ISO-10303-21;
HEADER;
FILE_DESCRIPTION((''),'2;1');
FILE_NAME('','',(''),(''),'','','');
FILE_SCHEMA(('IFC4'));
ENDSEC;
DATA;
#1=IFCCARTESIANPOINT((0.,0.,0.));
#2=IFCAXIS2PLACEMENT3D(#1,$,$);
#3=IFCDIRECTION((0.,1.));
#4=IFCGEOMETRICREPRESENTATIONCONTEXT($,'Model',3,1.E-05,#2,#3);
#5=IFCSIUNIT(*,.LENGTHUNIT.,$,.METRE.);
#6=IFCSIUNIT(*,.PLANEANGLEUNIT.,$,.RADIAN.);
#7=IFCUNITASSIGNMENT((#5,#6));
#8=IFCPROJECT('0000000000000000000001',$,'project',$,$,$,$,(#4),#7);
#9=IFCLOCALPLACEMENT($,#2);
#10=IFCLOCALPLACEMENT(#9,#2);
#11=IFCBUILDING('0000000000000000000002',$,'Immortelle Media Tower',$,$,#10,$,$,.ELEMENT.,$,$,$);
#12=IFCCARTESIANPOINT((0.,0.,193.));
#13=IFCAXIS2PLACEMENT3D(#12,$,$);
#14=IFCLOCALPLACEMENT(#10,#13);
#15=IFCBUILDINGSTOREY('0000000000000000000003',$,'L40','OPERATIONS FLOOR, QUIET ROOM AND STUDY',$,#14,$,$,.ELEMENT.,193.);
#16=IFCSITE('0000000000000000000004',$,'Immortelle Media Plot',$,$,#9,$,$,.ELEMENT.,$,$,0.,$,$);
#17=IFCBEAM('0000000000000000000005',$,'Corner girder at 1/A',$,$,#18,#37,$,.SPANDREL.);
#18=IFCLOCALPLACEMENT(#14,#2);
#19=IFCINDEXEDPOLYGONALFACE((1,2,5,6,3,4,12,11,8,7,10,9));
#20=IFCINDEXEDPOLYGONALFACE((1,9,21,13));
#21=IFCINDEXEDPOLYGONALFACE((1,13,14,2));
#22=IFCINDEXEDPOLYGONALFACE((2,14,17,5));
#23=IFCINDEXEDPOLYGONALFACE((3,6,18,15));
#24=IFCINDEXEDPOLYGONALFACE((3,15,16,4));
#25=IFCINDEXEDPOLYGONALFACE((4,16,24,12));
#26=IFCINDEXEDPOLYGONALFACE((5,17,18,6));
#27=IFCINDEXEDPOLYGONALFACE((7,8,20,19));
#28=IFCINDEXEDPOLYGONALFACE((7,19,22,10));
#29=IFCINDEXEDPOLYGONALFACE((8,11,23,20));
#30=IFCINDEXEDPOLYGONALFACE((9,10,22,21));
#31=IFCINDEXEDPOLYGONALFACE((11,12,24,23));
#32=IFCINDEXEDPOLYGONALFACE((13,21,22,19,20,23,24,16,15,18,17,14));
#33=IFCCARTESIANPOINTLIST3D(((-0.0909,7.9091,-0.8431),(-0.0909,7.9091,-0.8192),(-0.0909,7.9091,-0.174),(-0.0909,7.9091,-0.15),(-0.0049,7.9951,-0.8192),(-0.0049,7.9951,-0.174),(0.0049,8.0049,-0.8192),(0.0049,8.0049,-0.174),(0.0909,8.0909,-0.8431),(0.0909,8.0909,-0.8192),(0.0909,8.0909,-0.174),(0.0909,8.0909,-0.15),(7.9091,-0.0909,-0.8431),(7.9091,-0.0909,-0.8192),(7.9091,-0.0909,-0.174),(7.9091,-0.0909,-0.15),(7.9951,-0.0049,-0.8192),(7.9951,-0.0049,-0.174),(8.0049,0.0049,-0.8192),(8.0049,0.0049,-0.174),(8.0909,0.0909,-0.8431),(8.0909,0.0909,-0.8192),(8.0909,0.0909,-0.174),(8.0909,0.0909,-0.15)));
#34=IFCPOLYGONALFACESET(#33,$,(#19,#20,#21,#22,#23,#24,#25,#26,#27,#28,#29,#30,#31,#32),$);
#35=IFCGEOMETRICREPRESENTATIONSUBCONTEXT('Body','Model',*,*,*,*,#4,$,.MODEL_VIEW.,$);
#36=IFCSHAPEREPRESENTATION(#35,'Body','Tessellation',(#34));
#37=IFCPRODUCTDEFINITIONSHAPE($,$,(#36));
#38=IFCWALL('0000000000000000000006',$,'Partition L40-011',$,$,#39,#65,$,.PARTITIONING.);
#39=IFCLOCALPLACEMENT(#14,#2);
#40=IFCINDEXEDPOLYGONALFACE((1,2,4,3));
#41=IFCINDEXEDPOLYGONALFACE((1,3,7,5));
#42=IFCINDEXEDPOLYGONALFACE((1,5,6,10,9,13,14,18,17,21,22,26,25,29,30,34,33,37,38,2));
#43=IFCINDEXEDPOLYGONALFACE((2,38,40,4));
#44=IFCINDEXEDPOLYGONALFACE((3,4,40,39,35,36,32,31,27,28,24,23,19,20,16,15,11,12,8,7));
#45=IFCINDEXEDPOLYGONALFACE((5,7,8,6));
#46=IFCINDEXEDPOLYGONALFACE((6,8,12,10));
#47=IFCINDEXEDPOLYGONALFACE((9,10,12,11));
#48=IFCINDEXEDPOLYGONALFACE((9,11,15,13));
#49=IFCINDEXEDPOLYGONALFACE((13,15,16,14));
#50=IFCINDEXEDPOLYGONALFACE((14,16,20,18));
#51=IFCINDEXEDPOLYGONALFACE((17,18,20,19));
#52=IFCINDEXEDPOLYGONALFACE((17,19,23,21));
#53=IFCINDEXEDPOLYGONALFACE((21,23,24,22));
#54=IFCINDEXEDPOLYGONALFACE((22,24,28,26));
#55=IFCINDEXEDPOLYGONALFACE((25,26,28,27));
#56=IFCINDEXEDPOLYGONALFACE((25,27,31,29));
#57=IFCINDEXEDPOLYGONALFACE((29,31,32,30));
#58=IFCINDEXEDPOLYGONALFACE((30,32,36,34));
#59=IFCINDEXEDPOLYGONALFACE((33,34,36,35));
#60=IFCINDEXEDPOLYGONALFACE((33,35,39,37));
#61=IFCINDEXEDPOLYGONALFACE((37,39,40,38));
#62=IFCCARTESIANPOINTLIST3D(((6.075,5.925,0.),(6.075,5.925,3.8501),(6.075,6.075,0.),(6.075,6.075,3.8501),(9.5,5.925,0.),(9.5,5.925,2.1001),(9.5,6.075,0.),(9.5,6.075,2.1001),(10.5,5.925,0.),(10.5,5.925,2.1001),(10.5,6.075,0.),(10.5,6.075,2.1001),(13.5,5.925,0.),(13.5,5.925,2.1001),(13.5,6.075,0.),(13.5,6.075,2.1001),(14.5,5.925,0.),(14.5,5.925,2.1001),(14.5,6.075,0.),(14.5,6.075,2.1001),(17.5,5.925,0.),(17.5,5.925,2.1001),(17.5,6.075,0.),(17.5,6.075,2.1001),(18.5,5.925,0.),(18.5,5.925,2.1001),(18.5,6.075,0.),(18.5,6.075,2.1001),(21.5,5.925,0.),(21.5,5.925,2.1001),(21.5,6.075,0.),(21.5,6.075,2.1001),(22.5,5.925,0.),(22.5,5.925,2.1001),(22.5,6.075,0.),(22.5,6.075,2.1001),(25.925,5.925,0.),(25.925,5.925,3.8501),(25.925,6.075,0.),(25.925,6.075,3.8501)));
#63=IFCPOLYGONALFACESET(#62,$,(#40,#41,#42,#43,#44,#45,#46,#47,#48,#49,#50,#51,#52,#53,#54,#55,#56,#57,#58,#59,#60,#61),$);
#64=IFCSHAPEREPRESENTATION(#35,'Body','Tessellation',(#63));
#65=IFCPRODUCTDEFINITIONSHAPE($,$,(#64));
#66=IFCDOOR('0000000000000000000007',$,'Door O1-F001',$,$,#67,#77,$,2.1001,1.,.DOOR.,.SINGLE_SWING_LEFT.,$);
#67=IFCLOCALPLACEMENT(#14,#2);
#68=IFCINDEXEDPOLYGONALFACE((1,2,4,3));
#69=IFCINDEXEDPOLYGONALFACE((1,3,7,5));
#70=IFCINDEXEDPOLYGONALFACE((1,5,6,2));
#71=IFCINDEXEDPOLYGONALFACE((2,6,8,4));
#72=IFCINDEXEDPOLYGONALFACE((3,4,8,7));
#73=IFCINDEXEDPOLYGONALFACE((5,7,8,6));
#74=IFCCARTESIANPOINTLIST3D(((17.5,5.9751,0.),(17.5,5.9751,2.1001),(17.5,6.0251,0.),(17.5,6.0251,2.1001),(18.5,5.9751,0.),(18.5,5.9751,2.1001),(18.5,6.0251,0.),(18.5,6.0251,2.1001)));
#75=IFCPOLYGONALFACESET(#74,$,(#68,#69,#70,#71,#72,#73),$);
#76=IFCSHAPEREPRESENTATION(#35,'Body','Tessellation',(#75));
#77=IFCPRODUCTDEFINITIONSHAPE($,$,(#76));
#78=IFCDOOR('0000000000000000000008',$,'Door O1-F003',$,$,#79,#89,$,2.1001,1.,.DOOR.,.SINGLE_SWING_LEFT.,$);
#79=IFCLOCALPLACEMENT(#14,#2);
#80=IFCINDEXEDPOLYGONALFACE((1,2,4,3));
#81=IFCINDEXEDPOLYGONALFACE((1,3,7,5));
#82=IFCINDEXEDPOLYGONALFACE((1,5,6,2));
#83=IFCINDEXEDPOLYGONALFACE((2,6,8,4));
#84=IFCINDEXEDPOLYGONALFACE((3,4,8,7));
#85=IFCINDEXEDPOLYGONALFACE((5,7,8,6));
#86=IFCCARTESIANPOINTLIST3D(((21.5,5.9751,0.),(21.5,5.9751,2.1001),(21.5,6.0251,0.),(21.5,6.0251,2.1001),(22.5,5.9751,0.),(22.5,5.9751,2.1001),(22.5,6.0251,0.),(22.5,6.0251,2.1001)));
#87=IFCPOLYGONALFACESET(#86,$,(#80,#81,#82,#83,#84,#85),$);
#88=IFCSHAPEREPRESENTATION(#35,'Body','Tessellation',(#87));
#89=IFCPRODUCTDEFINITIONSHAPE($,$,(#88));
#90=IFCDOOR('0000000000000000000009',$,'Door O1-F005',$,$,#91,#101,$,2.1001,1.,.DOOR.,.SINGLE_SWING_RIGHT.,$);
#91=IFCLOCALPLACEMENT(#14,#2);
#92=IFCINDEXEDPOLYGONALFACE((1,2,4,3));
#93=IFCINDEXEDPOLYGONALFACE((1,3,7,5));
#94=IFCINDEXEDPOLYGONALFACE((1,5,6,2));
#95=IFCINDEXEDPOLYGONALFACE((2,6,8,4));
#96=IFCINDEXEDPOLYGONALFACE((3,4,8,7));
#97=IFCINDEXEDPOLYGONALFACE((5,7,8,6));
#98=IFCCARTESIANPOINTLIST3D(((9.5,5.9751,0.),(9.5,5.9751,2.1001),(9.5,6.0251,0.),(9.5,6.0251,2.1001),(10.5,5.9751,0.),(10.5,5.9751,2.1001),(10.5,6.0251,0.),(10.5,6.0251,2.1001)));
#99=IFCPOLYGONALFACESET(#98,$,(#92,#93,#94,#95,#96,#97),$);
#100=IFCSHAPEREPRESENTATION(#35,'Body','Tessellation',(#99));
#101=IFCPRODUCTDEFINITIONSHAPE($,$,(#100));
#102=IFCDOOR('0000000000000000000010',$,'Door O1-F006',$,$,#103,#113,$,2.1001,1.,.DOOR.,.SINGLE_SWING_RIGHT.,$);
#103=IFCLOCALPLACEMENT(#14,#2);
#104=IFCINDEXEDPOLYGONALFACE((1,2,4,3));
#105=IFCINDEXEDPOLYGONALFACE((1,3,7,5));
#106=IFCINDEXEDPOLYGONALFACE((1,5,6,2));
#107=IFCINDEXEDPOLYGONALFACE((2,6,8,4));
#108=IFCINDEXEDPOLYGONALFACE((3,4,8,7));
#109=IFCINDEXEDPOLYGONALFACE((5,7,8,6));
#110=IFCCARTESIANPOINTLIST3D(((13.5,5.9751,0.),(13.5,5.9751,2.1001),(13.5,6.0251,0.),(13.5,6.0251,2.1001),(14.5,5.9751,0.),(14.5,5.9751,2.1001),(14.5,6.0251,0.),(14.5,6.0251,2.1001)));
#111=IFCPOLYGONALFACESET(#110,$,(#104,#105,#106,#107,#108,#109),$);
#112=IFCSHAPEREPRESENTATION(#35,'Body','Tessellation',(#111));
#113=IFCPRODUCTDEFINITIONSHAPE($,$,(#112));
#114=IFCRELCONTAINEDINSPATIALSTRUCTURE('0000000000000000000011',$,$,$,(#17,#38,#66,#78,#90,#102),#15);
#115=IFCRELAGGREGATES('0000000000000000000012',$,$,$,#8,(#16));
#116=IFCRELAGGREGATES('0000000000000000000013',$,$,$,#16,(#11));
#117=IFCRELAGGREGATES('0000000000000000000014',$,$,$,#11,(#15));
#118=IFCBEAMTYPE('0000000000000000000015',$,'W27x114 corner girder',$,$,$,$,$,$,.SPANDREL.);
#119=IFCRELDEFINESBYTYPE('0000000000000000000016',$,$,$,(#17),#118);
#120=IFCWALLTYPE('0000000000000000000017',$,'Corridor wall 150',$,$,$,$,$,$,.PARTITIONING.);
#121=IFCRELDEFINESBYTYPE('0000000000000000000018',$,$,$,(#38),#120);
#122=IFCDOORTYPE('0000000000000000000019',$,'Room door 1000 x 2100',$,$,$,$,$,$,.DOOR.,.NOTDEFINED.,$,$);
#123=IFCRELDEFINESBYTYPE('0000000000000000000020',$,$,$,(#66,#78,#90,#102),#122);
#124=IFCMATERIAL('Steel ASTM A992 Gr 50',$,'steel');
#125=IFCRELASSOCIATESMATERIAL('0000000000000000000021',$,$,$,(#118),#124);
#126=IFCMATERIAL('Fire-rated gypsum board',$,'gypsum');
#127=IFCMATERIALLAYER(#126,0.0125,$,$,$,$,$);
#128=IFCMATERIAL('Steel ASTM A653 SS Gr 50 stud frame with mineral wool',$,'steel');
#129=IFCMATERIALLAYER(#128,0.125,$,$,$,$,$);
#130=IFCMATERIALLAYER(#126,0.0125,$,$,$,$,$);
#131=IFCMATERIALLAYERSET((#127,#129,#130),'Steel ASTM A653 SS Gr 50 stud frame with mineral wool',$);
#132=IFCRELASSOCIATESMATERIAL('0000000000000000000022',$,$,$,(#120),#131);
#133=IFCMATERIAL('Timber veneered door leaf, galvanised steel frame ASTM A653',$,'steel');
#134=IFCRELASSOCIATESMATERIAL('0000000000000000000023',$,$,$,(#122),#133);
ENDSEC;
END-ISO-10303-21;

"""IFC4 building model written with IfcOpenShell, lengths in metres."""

from ifc_helpers import new_model, si_unit, direction, frame, frame_2d, origin, origin_2d, place, context, subcontext, project, spatial, rectangle, i_section, extrude, material, layer, layer_set, material_profile, profile_set, type_object, element, fill, save


model = new_model("IFC4")

# Units and contexts
model_context = context("Model", 3, precision=1e-05, world=origin(), true_north=direction((0.0, 1.0)))
body_context = subcontext(model_context, "Body", "Model", "MODEL_VIEW")
ifc_project = project(units=[si_unit("LENGTHUNIT", "METRE"), si_unit("PLANEANGLEUNIT", "RADIAN")], contexts=[model_context])

# Site, building, storey
site_placement = place(None, origin())
site = spatial("IfcSite", under=ifc_project, at=site_placement, Name="Immortelle Media Plot", CompositionType="ELEMENT", RefElevation=0.0)
building_placement = place(site_placement, origin())
building = spatial("IfcBuilding", under=site, at=building_placement, Name="Immortelle Media Tower", CompositionType="ELEMENT")
storey_placement = place(building_placement, frame((0.0, 0.0, 193.0)))
storey = spatial("IfcBuildingStorey", under=building, at=storey_placement, Name="L40", Description="OPERATIONS FLOOR, QUIET ROOM AND STUDY", CompositionType="ELEMENT", Elevation=193.0)

# Shared definitions
ifc_material_1 = material(Name="Steel ASTM A992 Gr 50", Category="steel")

# Beam
ifc_material_profile_1 = material_profile(ifc_material_1, i_section(OverallWidth=0.2571, OverallDepth=0.6931, WebThickness=0.0139, FlangeThickness=0.0239, at=origin_2d()), Name="W27x114")
ifc_profile_set_1 = profile_set([ifc_material_profile_1], Name="Steel ASTM A992 Gr 50")
beam_type_1 = type_object("IfcBeamType", Name="W27x114 corner girder", PredefinedType="SPANDREL", material=ifc_profile_set_1)
beam_1_placement = place(storey_placement, frame((8.0, 0.0, -0.4966), z_axis=(-0.707107, 0.707107, 0.0), x_axis=(-0.707107, -0.707107, 0.0)))
element("IfcBeam", 1, at=beam_1_placement, inside=storey, type_object=beam_type_1, Name="Corner girder at 1/A", PredefinedType="SPANDREL", context=body_context, shape_type="SweptSolid", body=[
    extrude(i_section(OverallWidth=0.2571, OverallDepth=0.6931, WebThickness=0.0139, FlangeThickness=0.0239, at=origin_2d()), origin(), (0.0, 0.0, 1.0), 11.3137),
])

# Wall, openings, doors
ifc_material_2 = material(Name="Fire-rated gypsum board", Category="gypsum")
ifc_layer_1 = layer(ifc_material_2, 0.0125)
ifc_material_3 = material(Name="Steel ASTM A653 SS Gr 50 stud frame with mineral wool", Category="steel")
ifc_layer_2 = layer(ifc_material_3, 0.125)
ifc_layer_3 = layer(ifc_material_2, 0.0125)
ifc_layer_set_1 = layer_set([ifc_layer_1, ifc_layer_2, ifc_layer_3], Name="Steel ASTM A653 SS Gr 50 stud frame with mineral wool")
wall_type_1 = type_object("IfcWallType", Name="Corridor wall 150", PredefinedType="PARTITIONING", material=ifc_layer_set_1)
wall_1_placement = place(storey_placement, frame((6.075, 6.0, 0.0), z_axis=(0.0, 0.0, 1.0), x_axis=(1.0, 0.0, 0.0)))
wall_1 = element("IfcWall", 2, at=wall_1_placement, inside=storey, type_object=wall_type_1, Name="Partition L40-011", PredefinedType="PARTITIONING", context=body_context, shape_type="SweptSolid", body=[
    extrude(rectangle(XDim=19.8501, YDim=0.1499, at=frame_2d((9.925, 0.0))), origin(), (0.0, 0.0, 1.0), 3.8501),
])
opening_1_placement = place(wall_1_placement, frame((12.425, 0.0, 0.0), z_axis=(0.0, 0.0, 1.0), x_axis=(-1.0, 0.0, 0.0)))
opening_1 = element("IfcOpeningElement", 3, at=opening_1_placement, cuts=wall_1, PredefinedType="OPENING", context=body_context, shape_type="SweptSolid", body=[
    extrude(rectangle(XDim=1.0, YDim=2.1001, at=frame_2d((0.5, 1.05))), frame((0.0, 0.085, 0.0), z_axis=(0.0, -1.0, 0.0), x_axis=(1.0, 0.0, 0.0)), (0.0, 0.0, 1.0), 0.1699),
])
opening_2_placement = place(wall_1_placement, frame((16.425, 0.0, 0.0), z_axis=(0.0, 0.0, 1.0), x_axis=(-1.0, 0.0, 0.0)))
opening_2 = element("IfcOpeningElement", 4, at=opening_2_placement, cuts=wall_1, PredefinedType="OPENING", context=body_context, shape_type="SweptSolid", body=[
    extrude(rectangle(XDim=1.0, YDim=2.1001, at=frame_2d((0.5, 1.05))), frame((0.0, 0.085, 0.0), z_axis=(0.0, -1.0, 0.0), x_axis=(1.0, 0.0, 0.0)), (0.0, 0.0, 1.0), 0.1699),
])
opening_3_placement = place(wall_1_placement, frame((4.425, 0.0, 0.0), z_axis=(0.0, 0.0, 1.0), x_axis=(-1.0, 0.0, 0.0)))
opening_3 = element("IfcOpeningElement", 5, at=opening_3_placement, cuts=wall_1, PredefinedType="OPENING", context=body_context, shape_type="SweptSolid", body=[
    extrude(rectangle(XDim=1.0, YDim=2.1001, at=frame_2d((0.5, 1.05))), frame((0.0, 0.085, 0.0), z_axis=(0.0, -1.0, 0.0), x_axis=(1.0, 0.0, 0.0)), (0.0, 0.0, 1.0), 0.1699),
])
opening_4_placement = place(wall_1_placement, frame((8.425, 0.0, 0.0), z_axis=(0.0, 0.0, 1.0), x_axis=(-1.0, 0.0, 0.0)))
opening_4 = element("IfcOpeningElement", 6, at=opening_4_placement, cuts=wall_1, PredefinedType="OPENING", context=body_context, shape_type="SweptSolid", body=[
    extrude(rectangle(XDim=1.0, YDim=2.1001, at=frame_2d((0.5, 1.05))), frame((0.0, 0.085, 0.0), z_axis=(0.0, -1.0, 0.0), x_axis=(1.0, 0.0, 0.0)), (0.0, 0.0, 1.0), 0.1699),
])
ifc_material_4 = material(Name="Timber veneered door leaf, galvanised steel frame ASTM A653", Category="steel")
door_type = type_object("IfcDoorType", Name="Room door 1000 x 2100", OperationType="NOTDEFINED", PredefinedType="DOOR", material=ifc_material_4)
door_1_placement = place(opening_1_placement, origin())
door_1 = element("IfcDoor", 7, at=door_1_placement, inside=storey, type_object=door_type, Name="Door O1-F001", OperationType="SINGLE_SWING_LEFT", OverallHeight=2.1001, OverallWidth=1.0, PredefinedType="DOOR", context=body_context, shape_type="SweptSolid", body=[
    extrude(rectangle(XDim=1.0, YDim=2.1001, at=frame_2d((0.5, 1.05))), frame((0.0, 0.0249, 0.0), z_axis=(0.0, -1.0, 0.0), x_axis=(1.0, 0.0, 0.0)), (0.0, 0.0, 1.0), 0.05),
])
fill(opening_1, door_1)
door_2_placement = place(opening_2_placement, origin())
door_2 = element("IfcDoor", 8, at=door_2_placement, inside=storey, type_object=door_type, Name="Door O1-F003", OperationType="SINGLE_SWING_LEFT", OverallHeight=2.1001, OverallWidth=1.0, PredefinedType="DOOR", context=body_context, shape_type="SweptSolid", body=[
    extrude(rectangle(XDim=1.0, YDim=2.1001, at=frame_2d((0.5, 1.05))), frame((0.0, 0.0249, 0.0), z_axis=(0.0, -1.0, 0.0), x_axis=(1.0, 0.0, 0.0)), (0.0, 0.0, 1.0), 0.05),
])
fill(opening_2, door_2)
door_3_placement = place(opening_3_placement, origin())
door_3 = element("IfcDoor", 9, at=door_3_placement, inside=storey, type_object=door_type, Name="Door O1-F005", OperationType="SINGLE_SWING_RIGHT", OverallHeight=2.1001, OverallWidth=1.0, PredefinedType="DOOR", context=body_context, shape_type="SweptSolid", body=[
    extrude(rectangle(XDim=1.0, YDim=2.1001, at=frame_2d((0.5, 1.05))), frame((0.0, 0.0249, 0.0), z_axis=(0.0, -1.0, 0.0), x_axis=(1.0, 0.0, 0.0)), (0.0, 0.0, 1.0), 0.05),
])
fill(opening_3, door_3)
door_4_placement = place(opening_4_placement, origin())
door_4 = element("IfcDoor", 10, at=door_4_placement, inside=storey, type_object=door_type, Name="Door O1-F006", OperationType="SINGLE_SWING_RIGHT", OverallHeight=2.1001, OverallWidth=1.0, PredefinedType="DOOR", context=body_context, shape_type="SweptSolid", body=[
    extrude(rectangle(XDim=1.0, YDim=2.1001, at=frame_2d((0.5, 1.05))), frame((0.0, 0.0249, 0.0), z_axis=(0.0, -1.0, 0.0), x_axis=(1.0, 0.0, 0.0)), (0.0, 0.0, 1.0), 0.05),
])
fill(opening_4, door_4)

save(model, "model.ifc")
